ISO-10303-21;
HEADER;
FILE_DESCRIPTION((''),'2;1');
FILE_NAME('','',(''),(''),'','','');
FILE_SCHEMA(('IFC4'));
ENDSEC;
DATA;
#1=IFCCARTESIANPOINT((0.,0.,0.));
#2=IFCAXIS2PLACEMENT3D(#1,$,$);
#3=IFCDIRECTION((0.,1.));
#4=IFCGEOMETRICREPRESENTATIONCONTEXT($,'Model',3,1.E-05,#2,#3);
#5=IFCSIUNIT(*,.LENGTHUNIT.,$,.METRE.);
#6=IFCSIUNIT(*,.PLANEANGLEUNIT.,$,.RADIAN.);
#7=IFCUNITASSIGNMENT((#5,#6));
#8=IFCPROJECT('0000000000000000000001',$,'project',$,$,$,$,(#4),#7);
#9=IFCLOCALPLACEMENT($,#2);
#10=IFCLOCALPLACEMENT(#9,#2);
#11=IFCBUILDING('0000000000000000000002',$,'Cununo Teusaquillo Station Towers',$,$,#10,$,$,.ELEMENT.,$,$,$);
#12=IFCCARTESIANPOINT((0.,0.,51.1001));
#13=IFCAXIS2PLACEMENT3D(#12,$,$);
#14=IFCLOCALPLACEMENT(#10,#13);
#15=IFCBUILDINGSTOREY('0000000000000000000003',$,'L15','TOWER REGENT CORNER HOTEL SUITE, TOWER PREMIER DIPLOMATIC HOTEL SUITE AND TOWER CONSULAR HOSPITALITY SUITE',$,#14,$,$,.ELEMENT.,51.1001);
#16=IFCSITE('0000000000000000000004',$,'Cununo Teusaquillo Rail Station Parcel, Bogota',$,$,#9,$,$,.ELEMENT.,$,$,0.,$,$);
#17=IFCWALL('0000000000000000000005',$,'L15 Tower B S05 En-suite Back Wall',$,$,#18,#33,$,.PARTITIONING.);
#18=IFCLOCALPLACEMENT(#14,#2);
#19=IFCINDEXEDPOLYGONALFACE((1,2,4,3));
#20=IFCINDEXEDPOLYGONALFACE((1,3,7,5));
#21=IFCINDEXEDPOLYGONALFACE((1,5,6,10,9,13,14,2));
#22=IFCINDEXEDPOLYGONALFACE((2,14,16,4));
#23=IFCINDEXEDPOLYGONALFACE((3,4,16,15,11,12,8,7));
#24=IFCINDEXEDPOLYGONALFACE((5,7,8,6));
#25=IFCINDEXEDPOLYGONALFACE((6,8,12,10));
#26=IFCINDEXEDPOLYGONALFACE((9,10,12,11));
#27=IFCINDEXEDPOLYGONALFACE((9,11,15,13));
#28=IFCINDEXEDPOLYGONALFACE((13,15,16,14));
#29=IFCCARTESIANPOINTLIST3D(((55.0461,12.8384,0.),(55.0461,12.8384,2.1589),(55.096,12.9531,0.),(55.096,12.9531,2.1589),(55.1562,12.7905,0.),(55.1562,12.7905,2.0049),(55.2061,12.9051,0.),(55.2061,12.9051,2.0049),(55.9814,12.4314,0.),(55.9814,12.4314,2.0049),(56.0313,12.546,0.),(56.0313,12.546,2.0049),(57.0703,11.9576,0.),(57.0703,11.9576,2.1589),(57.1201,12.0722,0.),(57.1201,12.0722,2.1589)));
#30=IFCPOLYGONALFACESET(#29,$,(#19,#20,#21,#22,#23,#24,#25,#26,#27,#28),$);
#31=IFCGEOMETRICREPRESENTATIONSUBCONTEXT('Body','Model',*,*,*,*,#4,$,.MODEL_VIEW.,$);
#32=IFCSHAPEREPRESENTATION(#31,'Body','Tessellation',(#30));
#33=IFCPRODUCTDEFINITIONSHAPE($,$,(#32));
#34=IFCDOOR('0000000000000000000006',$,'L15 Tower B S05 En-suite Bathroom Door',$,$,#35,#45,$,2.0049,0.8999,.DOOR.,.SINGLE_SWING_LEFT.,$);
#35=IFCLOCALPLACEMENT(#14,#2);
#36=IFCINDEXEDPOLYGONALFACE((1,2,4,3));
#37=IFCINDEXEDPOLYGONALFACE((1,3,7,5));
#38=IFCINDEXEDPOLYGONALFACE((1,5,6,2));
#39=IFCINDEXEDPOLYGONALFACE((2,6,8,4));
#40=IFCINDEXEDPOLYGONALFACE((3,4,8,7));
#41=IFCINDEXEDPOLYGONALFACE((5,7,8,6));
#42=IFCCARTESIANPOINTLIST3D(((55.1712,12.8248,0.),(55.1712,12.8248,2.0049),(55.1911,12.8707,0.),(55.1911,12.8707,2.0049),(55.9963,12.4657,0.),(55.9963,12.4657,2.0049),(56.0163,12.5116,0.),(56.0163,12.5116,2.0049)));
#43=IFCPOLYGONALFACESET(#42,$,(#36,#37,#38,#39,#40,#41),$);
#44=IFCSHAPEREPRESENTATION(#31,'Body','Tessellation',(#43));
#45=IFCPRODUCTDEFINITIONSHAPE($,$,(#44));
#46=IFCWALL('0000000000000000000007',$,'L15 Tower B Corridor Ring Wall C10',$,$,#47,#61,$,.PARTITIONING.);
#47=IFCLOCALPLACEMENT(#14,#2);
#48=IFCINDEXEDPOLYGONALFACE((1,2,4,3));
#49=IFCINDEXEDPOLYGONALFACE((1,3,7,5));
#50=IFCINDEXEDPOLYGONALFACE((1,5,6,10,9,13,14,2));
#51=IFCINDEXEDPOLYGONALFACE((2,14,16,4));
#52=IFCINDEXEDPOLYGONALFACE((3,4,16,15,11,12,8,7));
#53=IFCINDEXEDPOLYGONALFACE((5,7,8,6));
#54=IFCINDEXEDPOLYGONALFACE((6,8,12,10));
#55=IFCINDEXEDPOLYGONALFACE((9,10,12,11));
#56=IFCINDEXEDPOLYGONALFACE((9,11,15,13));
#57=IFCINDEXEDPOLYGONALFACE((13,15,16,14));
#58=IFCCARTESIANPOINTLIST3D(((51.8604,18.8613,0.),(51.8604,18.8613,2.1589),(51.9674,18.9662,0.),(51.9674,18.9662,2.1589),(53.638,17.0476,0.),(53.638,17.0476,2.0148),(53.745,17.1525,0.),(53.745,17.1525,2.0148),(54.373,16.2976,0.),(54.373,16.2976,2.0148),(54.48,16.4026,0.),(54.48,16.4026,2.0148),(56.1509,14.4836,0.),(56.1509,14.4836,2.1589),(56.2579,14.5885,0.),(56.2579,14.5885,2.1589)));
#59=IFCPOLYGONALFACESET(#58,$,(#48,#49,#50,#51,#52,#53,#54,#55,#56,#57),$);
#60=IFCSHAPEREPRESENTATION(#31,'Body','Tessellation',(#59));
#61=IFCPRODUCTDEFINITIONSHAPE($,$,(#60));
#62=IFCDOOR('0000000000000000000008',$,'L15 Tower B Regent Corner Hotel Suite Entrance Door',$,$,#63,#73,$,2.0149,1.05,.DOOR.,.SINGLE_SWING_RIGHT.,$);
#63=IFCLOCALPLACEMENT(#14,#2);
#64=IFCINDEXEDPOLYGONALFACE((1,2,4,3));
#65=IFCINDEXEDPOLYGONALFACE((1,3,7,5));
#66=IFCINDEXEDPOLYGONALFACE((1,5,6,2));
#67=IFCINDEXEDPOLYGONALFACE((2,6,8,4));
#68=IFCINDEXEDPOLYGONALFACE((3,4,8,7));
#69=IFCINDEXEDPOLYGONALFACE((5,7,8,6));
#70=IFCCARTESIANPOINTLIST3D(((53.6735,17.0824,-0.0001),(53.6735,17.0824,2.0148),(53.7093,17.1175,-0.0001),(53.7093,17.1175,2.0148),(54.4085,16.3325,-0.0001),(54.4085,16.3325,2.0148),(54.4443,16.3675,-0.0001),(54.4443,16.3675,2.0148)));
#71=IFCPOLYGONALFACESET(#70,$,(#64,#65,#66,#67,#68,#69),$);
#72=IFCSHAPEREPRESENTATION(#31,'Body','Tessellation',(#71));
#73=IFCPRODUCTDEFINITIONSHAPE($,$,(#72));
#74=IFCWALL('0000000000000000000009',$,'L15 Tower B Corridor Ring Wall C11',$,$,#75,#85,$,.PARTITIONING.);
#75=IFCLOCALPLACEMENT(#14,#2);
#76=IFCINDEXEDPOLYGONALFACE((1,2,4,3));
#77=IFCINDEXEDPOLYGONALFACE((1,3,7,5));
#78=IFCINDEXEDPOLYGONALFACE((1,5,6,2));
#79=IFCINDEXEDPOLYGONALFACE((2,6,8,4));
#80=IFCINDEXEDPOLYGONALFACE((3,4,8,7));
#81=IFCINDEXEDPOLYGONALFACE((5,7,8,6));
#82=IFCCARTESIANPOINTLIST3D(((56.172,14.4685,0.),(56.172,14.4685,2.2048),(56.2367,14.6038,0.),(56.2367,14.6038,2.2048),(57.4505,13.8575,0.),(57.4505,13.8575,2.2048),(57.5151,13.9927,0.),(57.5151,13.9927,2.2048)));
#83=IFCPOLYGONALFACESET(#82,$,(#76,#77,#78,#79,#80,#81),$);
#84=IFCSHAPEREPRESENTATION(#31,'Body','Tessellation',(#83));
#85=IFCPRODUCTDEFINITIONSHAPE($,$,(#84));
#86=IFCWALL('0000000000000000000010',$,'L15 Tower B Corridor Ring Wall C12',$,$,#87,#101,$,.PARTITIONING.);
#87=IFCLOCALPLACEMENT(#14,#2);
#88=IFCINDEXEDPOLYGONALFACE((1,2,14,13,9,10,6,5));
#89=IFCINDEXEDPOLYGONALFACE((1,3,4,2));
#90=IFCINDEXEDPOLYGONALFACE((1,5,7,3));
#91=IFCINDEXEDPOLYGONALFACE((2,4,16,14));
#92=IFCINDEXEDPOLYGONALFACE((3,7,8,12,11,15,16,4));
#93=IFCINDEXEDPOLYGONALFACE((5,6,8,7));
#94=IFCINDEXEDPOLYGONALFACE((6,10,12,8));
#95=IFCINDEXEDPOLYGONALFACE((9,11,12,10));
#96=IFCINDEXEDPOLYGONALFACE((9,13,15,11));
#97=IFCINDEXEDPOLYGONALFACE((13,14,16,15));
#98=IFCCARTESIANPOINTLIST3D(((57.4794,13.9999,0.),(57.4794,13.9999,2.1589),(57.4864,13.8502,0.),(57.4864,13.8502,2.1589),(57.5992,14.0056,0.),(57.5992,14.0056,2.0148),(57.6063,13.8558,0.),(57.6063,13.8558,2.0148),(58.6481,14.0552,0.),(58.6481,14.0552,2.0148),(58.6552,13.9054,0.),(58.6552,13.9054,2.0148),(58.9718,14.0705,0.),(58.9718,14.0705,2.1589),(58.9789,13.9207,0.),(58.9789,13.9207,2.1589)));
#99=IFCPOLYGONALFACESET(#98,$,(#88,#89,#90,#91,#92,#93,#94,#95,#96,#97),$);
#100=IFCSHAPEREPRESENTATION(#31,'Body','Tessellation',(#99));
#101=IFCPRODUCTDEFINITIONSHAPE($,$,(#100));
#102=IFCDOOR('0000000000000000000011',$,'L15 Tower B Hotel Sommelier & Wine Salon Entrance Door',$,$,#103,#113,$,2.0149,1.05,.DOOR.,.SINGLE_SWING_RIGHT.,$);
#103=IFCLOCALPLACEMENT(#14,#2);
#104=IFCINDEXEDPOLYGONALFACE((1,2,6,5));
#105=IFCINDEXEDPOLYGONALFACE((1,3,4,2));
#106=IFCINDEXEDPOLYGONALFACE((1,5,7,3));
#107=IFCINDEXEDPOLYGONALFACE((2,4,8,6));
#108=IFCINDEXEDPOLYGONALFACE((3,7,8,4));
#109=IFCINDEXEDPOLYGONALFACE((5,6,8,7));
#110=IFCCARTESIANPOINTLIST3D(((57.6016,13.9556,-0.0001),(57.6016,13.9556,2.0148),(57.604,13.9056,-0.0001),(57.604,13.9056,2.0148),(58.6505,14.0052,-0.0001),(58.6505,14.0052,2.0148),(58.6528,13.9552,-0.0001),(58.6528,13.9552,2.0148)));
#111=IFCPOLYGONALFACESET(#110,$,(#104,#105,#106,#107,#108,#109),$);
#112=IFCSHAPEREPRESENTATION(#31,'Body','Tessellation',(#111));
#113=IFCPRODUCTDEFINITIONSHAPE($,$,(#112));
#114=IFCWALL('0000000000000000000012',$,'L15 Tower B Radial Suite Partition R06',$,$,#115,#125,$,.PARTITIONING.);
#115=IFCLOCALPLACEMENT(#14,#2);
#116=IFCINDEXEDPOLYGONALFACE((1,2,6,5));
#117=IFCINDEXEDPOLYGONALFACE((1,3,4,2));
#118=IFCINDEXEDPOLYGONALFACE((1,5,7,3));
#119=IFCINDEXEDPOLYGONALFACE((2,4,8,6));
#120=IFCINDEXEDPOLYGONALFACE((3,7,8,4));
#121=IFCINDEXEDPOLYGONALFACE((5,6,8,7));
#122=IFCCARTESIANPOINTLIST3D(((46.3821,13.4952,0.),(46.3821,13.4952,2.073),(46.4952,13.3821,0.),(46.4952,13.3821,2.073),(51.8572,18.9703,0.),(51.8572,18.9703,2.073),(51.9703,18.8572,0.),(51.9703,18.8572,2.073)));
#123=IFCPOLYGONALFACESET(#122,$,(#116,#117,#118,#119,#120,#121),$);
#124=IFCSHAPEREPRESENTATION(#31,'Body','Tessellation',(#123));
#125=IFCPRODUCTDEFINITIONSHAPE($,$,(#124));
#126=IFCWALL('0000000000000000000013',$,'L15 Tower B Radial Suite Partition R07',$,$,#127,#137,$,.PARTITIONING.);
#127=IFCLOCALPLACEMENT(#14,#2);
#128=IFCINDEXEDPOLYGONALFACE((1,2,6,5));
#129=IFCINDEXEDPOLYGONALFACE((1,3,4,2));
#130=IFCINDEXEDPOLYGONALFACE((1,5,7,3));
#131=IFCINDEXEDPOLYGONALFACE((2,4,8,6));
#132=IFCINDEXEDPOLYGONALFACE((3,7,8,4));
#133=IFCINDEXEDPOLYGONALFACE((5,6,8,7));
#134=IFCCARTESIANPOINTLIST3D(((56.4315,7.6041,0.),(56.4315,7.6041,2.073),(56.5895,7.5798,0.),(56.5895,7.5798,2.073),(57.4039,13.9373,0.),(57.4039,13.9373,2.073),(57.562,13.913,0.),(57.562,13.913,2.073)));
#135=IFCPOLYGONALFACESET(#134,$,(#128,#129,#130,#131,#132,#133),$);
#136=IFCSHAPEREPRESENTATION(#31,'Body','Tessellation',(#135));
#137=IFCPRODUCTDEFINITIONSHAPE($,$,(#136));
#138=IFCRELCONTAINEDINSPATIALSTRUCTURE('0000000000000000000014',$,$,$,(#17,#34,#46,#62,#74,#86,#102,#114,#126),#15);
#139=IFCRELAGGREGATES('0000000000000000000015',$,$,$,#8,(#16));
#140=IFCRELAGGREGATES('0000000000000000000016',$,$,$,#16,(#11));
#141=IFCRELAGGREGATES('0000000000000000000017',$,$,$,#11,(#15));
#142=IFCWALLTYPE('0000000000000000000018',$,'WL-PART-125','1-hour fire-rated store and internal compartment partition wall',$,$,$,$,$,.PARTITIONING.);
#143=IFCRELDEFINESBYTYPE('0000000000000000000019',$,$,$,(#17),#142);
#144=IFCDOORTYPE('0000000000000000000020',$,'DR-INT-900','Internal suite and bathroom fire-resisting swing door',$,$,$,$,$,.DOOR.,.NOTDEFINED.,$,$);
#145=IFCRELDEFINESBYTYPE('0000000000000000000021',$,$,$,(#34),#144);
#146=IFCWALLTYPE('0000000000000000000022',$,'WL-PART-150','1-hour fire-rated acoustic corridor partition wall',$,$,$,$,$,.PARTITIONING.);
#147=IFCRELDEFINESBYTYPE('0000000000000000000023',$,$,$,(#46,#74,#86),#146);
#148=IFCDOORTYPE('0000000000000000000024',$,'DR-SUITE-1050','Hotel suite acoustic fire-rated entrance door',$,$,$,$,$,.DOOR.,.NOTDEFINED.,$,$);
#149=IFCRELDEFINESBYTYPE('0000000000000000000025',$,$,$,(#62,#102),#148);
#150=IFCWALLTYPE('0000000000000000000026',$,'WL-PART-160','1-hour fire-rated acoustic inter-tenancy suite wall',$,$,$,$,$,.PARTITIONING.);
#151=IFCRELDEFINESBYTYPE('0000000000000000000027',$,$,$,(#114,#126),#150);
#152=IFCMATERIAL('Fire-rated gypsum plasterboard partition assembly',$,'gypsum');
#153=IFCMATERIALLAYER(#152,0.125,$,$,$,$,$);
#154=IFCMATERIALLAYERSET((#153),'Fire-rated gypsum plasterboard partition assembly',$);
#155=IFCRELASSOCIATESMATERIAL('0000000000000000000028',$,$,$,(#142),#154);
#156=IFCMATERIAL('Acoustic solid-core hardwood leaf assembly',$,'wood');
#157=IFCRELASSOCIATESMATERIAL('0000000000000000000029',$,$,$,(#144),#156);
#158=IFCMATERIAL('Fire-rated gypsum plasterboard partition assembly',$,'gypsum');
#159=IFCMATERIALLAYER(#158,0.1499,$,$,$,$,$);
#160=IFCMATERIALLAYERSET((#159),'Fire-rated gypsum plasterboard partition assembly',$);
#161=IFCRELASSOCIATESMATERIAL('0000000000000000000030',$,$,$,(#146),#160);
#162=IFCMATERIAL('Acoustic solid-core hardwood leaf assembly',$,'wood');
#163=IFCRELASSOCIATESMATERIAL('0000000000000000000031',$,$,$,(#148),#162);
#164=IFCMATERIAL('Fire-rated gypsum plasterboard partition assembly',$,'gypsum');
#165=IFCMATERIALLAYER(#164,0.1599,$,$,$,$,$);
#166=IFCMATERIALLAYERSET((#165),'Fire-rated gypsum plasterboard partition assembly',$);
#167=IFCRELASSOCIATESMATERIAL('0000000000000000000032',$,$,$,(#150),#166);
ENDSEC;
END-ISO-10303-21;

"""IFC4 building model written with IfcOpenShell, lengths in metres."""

from ifc_helpers import new_model, si_unit, direction, frame, frame_2d, origin, place, context, subcontext, project, spatial, rectangle, extrude, source, transform, mapped, material, layer, layer_set, type_object, element, fill, save


model = new_model("IFC4")

# Units and contexts
model_context = context("Model", 3, precision=1e-05, world=origin(), true_north=direction((0.0, 1.0)))
body_context = subcontext(model_context, "Body", "Model", "MODEL_VIEW")
ifc_project = project(units=[si_unit("LENGTHUNIT", "METRE"), si_unit("PLANEANGLEUNIT", "RADIAN")], contexts=[model_context])

# Site, building, storey
site_placement = place(None, origin())
site = spatial("IfcSite", under=ifc_project, at=site_placement, Name="Cununo Teusaquillo Rail Station Parcel, Bogota", CompositionType="ELEMENT", RefElevation=0.0)
building_placement = place(site_placement, origin())
building = spatial("IfcBuilding", under=site, at=building_placement, Name="Cununo Teusaquillo Station Towers", CompositionType="ELEMENT")
storey_placement = place(building_placement, frame((0.0, 0.0, 51.1001)))
storey = spatial("IfcBuildingStorey", under=building, at=storey_placement, Name="L15", Description="TOWER REGENT CORNER HOTEL SUITE, TOWER PREMIER DIPLOMATIC HOTEL SUITE AND TOWER CONSULAR HOSPITALITY SUITE", CompositionType="ELEMENT", Elevation=51.1001)

# Shared definitions
ifc_material_1 = material(Name="Fire-rated gypsum plasterboard partition assembly", Category="gypsum")
ifc_layer_1 = layer(ifc_material_1, 0.125)
ifc_layer_set_1 = layer_set([ifc_layer_1], Name="Fire-rated gypsum plasterboard partition assembly")
wall_type_1 = type_object("IfcWallType", Name="WL-PART-125", Description="1-hour fire-rated store and internal compartment partition wall", PredefinedType="PARTITIONING", material=ifc_layer_set_1)

# Walls, openings, doors
wall_1_placement = place(storey_placement, frame((55.071, 12.8958, 0.0), z_axis=(0.0, 0.0, 1.0), x_axis=(0.91694, -0.399025, 0.0)))
wall_1 = element("IfcWall", 1, at=wall_1_placement, inside=storey, type_object=wall_type_1, Name="L15 Tower B S05 En-suite Back Wall", PredefinedType="PARTITIONING", context=body_context, shape_type="SweptSolid", body=[
    extrude(rectangle(XDim=2.2075, YDim=0.125, at=frame_2d((1.1038, 0.0))), origin(), (0.0, 0.0, 1.0), 2.1589),
])
shared_shape_1 = source(origin(), body_context, "Body", "SweptSolid", [
    extrude(rectangle(XDim=0.8999, YDim=2.0049, at=frame_2d((0.45, 1.0024))), frame((0.0, 0.0725, 0.0), z_axis=(0.0, -1.0, 0.0), x_axis=(1.0, 0.0, 0.0)), (0.0, 0.0, 1.0), 0.145),
])
opening_1_placement = place(wall_1_placement, frame((0.1201, 0.0, 0.0)))
opening_1 = element("IfcOpeningElement", 2, at=opening_1_placement, cuts=wall_1, PredefinedType="OPENING", context=body_context, shape_type="MappedRepresentation", body=[
    mapped(shared_shape_1, transform((0.0, 0.0, 0.0), x_axis=(1.0, 0.0, 0.0), y_axis=(0.0, 1.0, 0.0), z_axis=(0.0, 0.0, 1.0), scale=1.0)),
])
ifc_material_2 = material(Name="Acoustic solid-core hardwood leaf assembly", Category="wood")
door_type_1 = type_object("IfcDoorType", Name="DR-INT-900", Description="Internal suite and bathroom fire-resisting swing door", OperationType="NOTDEFINED", PredefinedType="DOOR", material=ifc_material_2)
shared_shape_2 = source(origin(), body_context, "Body", "SweptSolid", [
    extrude(rectangle(XDim=0.8999, YDim=2.0049, at=frame_2d((0.45, 1.0024))), frame((0.0, 0.0249, 0.0), z_axis=(0.0, -1.0, 0.0), x_axis=(1.0, 0.0, 0.0)), (0.0, 0.0, 1.0), 0.05),
])
door_1_placement = place(opening_1_placement, origin())
door_1 = element("IfcDoor", 3, at=door_1_placement, inside=storey, type_object=door_type_1, Name="L15 Tower B S05 En-suite Bathroom Door", OperationType="SINGLE_SWING_LEFT", OverallHeight=2.0049, OverallWidth=0.8999, PredefinedType="DOOR", context=body_context, shape_type="MappedRepresentation", body=[
    mapped(shared_shape_2, transform((0.0, 0.0, 0.0), x_axis=(1.0, 0.0, 0.0), y_axis=(0.0, 1.0, 0.0), z_axis=(0.0, 0.0, 1.0), scale=1.0)),
])
fill(opening_1, door_1)
ifc_material_3 = material(Name="Fire-rated gypsum plasterboard partition assembly", Category="gypsum")
ifc_layer_2 = layer(ifc_material_3, 0.1499)
ifc_layer_set_2 = layer_set([ifc_layer_2], Name="Fire-rated gypsum plasterboard partition assembly")
wall_type_2 = type_object("IfcWallType", Name="WL-PART-150", Description="1-hour fire-rated acoustic corridor partition wall", PredefinedType="PARTITIONING", material=ifc_layer_set_2)
wall_2_placement = place(storey_placement, frame((51.9138, 18.9138, 0.0), z_axis=(0.0, 0.0, 1.0), x_axis=(0.699961, -0.714181, 0.0)))
wall_2 = element("IfcWall", 4, at=wall_2_placement, inside=storey, type_object=wall_type_2, Name="L15 Tower B Corridor Ring Wall C10", PredefinedType="PARTITIONING", context=body_context, shape_type="SweptSolid", body=[
    extrude(rectangle(XDim=6.1296, YDim=0.1499, at=frame_2d((3.0649, 0.0))), origin(), (0.0, 0.0, 1.0), 2.1589),
])
shared_shape_3 = source(origin(), body_context, "Body", "SweptSolid", [
    extrude(rectangle(XDim=1.05, YDim=2.0149, at=frame_2d((0.5249, 1.0073))), frame((0.0, 0.085, 0.0), z_axis=(0.0, -1.0, 0.0), x_axis=(1.0, 0.0, 0.0)), (0.0, 0.0, 1.0), 0.1699),
])
opening_2_placement = place(wall_2_placement, frame((2.5398, 0.0, 0.0)))
opening_2 = element("IfcOpeningElement", 5, at=opening_2_placement, cuts=wall_2, PredefinedType="OPENING", context=body_context, shape_type="MappedRepresentation", body=[
    mapped(shared_shape_3, transform((0.0, 0.0, 0.0), x_axis=(1.0, 0.0, 0.0), y_axis=(0.0, 1.0, 0.0), z_axis=(0.0, 0.0, 1.0), scale=1.0)),
])
ifc_material_4 = material(Name="Acoustic solid-core hardwood leaf assembly", Category="wood")
door_type_2 = type_object("IfcDoorType", Name="DR-SUITE-1050", Description="Hotel suite acoustic fire-rated entrance door", OperationType="NOTDEFINED", PredefinedType="DOOR", material=ifc_material_4)
shared_shape_4 = source(origin(), body_context, "Body", "SweptSolid", [
    extrude(rectangle(XDim=1.05, YDim=2.0149, at=frame_2d((0.5249, 1.0073))), frame((0.0, 0.0249, 0.0), z_axis=(0.0, -1.0, 0.0), x_axis=(1.0, 0.0, 0.0)), (0.0, 0.0, 1.0), 0.05),
])
door_2_placement = place(opening_2_placement, origin())
door_2 = element("IfcDoor", 6, at=door_2_placement, inside=storey, type_object=door_type_2, Name="L15 Tower B Regent Corner Hotel Suite Entrance Door", OperationType="SINGLE_SWING_RIGHT", OverallHeight=2.0149, OverallWidth=1.05, PredefinedType="DOOR", context=body_context, shape_type="MappedRepresentation", body=[
    mapped(shared_shape_4, transform((0.0, 0.0, 0.0), x_axis=(1.0, 0.0, 0.0), y_axis=(0.0, 1.0, 0.0), z_axis=(0.0, 0.0, 1.0), scale=1.0)),
])
fill(opening_2, door_2)

# Wall
wall_3_placement = place(storey_placement, frame((56.2043, 14.5361, 0.0), z_axis=(0.0, 0.0, 1.0), x_axis=(0.902245, -0.431224, 0.0)))
element("IfcWall", 7, at=wall_3_placement, inside=storey, type_object=wall_type_2, Name="L15 Tower B Corridor Ring Wall C11", PredefinedType="PARTITIONING", context=body_context, shape_type="SweptSolid", body=[
    extrude(rectangle(XDim=1.417, YDim=0.1499, at=frame_2d((0.7085, 0.0))), origin(), (0.0, 0.0, 1.0), 2.2048),
])

# Wall, opening, door
wall_4_placement = place(storey_placement, frame((57.4829, 13.925, 0.0), z_axis=(0.0, 0.0, 1.0), x_axis=(0.998884, 0.047224, 0.0)))
wall_4 = element("IfcWall", 8, at=wall_4_placement, inside=storey, type_object=wall_type_2, Name="L15 Tower B Corridor Ring Wall C12", PredefinedType="PARTITIONING", context=body_context, shape_type="SweptSolid", body=[
    extrude(rectangle(XDim=1.4941, YDim=0.1499, at=frame_2d((0.7471, 0.0))), origin(), (0.0, 0.0, 1.0), 2.1589),
])
opening_3_placement = place(wall_4_placement, frame((0.1201, 0.0, 0.0)))
opening_3 = element("IfcOpeningElement", 9, at=opening_3_placement, cuts=wall_4, PredefinedType="OPENING", context=body_context, shape_type="MappedRepresentation", body=[
    mapped(shared_shape_3, transform((0.0, 0.0, 0.0), x_axis=(1.0, 0.0, 0.0), y_axis=(0.0, 1.0, 0.0), z_axis=(0.0, 0.0, 1.0), scale=1.0)),
])
door_3_placement = place(opening_3_placement, origin())
door_3 = element("IfcDoor", 10, at=door_3_placement, inside=storey, type_object=door_type_2, Name="L15 Tower B Hotel Sommelier & Wine Salon Entrance Door", OperationType="SINGLE_SWING_RIGHT", OverallHeight=2.0149, OverallWidth=1.05, PredefinedType="DOOR", context=body_context, shape_type="MappedRepresentation", body=[
    mapped(shared_shape_4, transform((0.0, 0.0, 0.0), x_axis=(1.0, 0.0, 0.0), y_axis=(0.0, 1.0, 0.0), z_axis=(0.0, 0.0, 1.0), scale=1.0)),
])
fill(opening_3, door_3)

# Walls
ifc_material_5 = material(Name="Fire-rated gypsum plasterboard partition assembly", Category="gypsum")
ifc_layer_3 = layer(ifc_material_5, 0.1599)
ifc_layer_set_3 = layer_set([ifc_layer_3], Name="Fire-rated gypsum plasterboard partition assembly")
wall_type_3 = type_object("IfcWallType", Name="WL-PART-160", Description="1-hour fire-rated acoustic inter-tenancy suite wall", PredefinedType="PARTITIONING", material=ifc_layer_set_3)
wall_5_placement = place(storey_placement, frame((51.9138, 18.9138, 0.0), z_axis=(0.0, 0.0, 1.0), x_axis=(-0.707107, -0.707107, 0.0)))
element("IfcWall", 11, at=wall_5_placement, inside=storey, type_object=wall_type_3, Name="L15 Tower B Radial Suite Partition R06", PredefinedType="PARTITIONING", context=body_context, shape_type="SweptSolid", body=[
    extrude(rectangle(XDim=7.7429, YDim=0.1599, at=frame_2d((3.8716, 0.0))), origin(), (0.0, 0.0, 1.0), 2.073),
])
wall_6_placement = place(storey_placement, frame((57.4829, 13.925, 0.0), z_axis=(0.0, 0.0, 1.0), x_axis=(-0.151762, -0.988417, 0.0)))
element("IfcWall", 12, at=wall_6_placement, inside=storey, type_object=wall_type_3, Name="L15 Tower B Radial Suite Partition R07", PredefinedType="PARTITIONING", context=body_context, shape_type="SweptSolid", body=[
    extrude(rectangle(XDim=6.4075, YDim=0.1599, at=frame_2d((3.2036, 0.0))), origin(), (0.0, 0.0, 1.0), 2.073),
])

save(model, "model.ifc")
